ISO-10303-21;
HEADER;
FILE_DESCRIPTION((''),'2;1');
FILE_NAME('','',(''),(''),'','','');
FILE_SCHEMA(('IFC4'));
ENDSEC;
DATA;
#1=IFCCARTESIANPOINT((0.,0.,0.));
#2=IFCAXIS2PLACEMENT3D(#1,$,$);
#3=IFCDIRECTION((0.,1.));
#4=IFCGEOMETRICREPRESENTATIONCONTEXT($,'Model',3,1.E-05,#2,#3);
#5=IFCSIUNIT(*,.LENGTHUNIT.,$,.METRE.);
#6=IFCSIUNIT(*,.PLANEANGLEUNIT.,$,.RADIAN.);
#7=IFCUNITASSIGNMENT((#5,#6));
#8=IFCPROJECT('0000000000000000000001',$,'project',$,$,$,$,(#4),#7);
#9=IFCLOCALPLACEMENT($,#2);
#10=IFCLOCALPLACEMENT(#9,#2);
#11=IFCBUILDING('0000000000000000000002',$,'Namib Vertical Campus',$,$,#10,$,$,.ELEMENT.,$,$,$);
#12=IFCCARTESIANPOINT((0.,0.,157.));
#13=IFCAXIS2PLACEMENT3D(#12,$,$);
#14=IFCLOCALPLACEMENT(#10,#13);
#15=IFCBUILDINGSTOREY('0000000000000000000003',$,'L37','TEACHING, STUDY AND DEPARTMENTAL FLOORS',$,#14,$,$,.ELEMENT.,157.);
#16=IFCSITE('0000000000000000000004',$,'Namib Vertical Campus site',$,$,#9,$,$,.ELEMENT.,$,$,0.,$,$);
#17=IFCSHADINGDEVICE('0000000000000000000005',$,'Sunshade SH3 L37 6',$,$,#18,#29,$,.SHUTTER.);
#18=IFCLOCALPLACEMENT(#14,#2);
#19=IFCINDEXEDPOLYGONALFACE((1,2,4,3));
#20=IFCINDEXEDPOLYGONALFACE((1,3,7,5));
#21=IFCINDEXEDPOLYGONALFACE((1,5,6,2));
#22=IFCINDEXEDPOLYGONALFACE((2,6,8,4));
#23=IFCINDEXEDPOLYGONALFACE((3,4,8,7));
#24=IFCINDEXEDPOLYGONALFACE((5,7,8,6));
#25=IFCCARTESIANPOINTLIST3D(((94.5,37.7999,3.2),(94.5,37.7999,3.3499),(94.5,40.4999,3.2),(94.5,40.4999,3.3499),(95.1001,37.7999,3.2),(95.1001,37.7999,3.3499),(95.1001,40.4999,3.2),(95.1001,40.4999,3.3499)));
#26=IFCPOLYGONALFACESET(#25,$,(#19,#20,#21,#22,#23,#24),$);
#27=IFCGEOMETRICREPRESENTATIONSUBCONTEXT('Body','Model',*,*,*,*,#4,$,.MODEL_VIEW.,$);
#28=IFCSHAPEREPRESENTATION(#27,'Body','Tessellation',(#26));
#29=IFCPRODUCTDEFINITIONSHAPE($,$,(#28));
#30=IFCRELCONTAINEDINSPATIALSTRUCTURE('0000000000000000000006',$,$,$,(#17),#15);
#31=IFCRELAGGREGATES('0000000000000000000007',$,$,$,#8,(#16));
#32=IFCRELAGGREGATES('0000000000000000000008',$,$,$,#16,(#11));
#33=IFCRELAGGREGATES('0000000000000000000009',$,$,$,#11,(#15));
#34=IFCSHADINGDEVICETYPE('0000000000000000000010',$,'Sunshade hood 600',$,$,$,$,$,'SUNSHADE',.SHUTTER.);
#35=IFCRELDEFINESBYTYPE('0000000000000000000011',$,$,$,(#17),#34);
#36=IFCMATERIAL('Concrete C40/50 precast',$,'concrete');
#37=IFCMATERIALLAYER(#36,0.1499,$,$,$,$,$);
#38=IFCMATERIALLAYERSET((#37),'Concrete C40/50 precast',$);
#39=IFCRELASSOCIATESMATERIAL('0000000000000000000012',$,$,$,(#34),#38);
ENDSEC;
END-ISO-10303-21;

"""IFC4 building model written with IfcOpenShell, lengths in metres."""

from ifc_helpers import new_model, si_unit, direction, frame, origin, origin_2d, place, context, subcontext, project, spatial, rectangle, extrude, material, layer, layer_set, type_object, element, save


model = new_model("IFC4")

# Units and contexts
model_context = context("Model", 3, precision=1e-05, world=origin(), true_north=direction((0.0, 1.0)))
body_context = subcontext(model_context, "Body", "Model", "MODEL_VIEW")
ifc_project = project(units=[si_unit("LENGTHUNIT", "METRE"), si_unit("PLANEANGLEUNIT", "RADIAN")], contexts=[model_context])

# Site, building, storey
site_placement = place(None, origin())
site = spatial("IfcSite", under=ifc_project, at=site_placement, Name="Namib Vertical Campus site", CompositionType="ELEMENT", RefElevation=0.0)
building_placement = place(site_placement, origin())
building = spatial("IfcBuilding", under=site, at=building_placement, Name="Namib Vertical Campus", CompositionType="ELEMENT")
storey_placement = place(building_placement, frame((0.0, 0.0, 157.0)))
storey = spatial("IfcBuildingStorey", under=building, at=storey_placement, Name="L37", Description="TEACHING, STUDY AND DEPARTMENTAL FLOORS", CompositionType="ELEMENT", Elevation=157.0)

# Shading device
ifc_material_1 = material(Name="Concrete C40/50 precast", Category="concrete")
ifc_layer_1 = layer(ifc_material_1, 0.1499)
ifc_layer_set_1 = layer_set([ifc_layer_1], Name="Concrete C40/50 precast")
shading_device_type = type_object("IfcShadingDeviceType", Name="Sunshade hood 600", ElementType="SUNSHADE", PredefinedType="SHUTTER", material=ifc_layer_set_1)
shading_device_placement = place(storey_placement, frame((94.8, 39.1499, 3.2), z_axis=(0.0, 0.0, 1.0), x_axis=(0.0, 1.0, 0.0)))
element("IfcShadingDevice", 1, at=shading_device_placement, inside=storey, type_object=shading_device_type, Name="Sunshade SH3 L37 6", PredefinedType="SHUTTER", context=body_context, shape_type="SweptSolid", body=[
    extrude(rectangle(XDim=2.7, YDim=0.6001, at=origin_2d()), origin(), (0.0, 0.0, 1.0), 0.1499),
])

save(model, "model.ifc")
